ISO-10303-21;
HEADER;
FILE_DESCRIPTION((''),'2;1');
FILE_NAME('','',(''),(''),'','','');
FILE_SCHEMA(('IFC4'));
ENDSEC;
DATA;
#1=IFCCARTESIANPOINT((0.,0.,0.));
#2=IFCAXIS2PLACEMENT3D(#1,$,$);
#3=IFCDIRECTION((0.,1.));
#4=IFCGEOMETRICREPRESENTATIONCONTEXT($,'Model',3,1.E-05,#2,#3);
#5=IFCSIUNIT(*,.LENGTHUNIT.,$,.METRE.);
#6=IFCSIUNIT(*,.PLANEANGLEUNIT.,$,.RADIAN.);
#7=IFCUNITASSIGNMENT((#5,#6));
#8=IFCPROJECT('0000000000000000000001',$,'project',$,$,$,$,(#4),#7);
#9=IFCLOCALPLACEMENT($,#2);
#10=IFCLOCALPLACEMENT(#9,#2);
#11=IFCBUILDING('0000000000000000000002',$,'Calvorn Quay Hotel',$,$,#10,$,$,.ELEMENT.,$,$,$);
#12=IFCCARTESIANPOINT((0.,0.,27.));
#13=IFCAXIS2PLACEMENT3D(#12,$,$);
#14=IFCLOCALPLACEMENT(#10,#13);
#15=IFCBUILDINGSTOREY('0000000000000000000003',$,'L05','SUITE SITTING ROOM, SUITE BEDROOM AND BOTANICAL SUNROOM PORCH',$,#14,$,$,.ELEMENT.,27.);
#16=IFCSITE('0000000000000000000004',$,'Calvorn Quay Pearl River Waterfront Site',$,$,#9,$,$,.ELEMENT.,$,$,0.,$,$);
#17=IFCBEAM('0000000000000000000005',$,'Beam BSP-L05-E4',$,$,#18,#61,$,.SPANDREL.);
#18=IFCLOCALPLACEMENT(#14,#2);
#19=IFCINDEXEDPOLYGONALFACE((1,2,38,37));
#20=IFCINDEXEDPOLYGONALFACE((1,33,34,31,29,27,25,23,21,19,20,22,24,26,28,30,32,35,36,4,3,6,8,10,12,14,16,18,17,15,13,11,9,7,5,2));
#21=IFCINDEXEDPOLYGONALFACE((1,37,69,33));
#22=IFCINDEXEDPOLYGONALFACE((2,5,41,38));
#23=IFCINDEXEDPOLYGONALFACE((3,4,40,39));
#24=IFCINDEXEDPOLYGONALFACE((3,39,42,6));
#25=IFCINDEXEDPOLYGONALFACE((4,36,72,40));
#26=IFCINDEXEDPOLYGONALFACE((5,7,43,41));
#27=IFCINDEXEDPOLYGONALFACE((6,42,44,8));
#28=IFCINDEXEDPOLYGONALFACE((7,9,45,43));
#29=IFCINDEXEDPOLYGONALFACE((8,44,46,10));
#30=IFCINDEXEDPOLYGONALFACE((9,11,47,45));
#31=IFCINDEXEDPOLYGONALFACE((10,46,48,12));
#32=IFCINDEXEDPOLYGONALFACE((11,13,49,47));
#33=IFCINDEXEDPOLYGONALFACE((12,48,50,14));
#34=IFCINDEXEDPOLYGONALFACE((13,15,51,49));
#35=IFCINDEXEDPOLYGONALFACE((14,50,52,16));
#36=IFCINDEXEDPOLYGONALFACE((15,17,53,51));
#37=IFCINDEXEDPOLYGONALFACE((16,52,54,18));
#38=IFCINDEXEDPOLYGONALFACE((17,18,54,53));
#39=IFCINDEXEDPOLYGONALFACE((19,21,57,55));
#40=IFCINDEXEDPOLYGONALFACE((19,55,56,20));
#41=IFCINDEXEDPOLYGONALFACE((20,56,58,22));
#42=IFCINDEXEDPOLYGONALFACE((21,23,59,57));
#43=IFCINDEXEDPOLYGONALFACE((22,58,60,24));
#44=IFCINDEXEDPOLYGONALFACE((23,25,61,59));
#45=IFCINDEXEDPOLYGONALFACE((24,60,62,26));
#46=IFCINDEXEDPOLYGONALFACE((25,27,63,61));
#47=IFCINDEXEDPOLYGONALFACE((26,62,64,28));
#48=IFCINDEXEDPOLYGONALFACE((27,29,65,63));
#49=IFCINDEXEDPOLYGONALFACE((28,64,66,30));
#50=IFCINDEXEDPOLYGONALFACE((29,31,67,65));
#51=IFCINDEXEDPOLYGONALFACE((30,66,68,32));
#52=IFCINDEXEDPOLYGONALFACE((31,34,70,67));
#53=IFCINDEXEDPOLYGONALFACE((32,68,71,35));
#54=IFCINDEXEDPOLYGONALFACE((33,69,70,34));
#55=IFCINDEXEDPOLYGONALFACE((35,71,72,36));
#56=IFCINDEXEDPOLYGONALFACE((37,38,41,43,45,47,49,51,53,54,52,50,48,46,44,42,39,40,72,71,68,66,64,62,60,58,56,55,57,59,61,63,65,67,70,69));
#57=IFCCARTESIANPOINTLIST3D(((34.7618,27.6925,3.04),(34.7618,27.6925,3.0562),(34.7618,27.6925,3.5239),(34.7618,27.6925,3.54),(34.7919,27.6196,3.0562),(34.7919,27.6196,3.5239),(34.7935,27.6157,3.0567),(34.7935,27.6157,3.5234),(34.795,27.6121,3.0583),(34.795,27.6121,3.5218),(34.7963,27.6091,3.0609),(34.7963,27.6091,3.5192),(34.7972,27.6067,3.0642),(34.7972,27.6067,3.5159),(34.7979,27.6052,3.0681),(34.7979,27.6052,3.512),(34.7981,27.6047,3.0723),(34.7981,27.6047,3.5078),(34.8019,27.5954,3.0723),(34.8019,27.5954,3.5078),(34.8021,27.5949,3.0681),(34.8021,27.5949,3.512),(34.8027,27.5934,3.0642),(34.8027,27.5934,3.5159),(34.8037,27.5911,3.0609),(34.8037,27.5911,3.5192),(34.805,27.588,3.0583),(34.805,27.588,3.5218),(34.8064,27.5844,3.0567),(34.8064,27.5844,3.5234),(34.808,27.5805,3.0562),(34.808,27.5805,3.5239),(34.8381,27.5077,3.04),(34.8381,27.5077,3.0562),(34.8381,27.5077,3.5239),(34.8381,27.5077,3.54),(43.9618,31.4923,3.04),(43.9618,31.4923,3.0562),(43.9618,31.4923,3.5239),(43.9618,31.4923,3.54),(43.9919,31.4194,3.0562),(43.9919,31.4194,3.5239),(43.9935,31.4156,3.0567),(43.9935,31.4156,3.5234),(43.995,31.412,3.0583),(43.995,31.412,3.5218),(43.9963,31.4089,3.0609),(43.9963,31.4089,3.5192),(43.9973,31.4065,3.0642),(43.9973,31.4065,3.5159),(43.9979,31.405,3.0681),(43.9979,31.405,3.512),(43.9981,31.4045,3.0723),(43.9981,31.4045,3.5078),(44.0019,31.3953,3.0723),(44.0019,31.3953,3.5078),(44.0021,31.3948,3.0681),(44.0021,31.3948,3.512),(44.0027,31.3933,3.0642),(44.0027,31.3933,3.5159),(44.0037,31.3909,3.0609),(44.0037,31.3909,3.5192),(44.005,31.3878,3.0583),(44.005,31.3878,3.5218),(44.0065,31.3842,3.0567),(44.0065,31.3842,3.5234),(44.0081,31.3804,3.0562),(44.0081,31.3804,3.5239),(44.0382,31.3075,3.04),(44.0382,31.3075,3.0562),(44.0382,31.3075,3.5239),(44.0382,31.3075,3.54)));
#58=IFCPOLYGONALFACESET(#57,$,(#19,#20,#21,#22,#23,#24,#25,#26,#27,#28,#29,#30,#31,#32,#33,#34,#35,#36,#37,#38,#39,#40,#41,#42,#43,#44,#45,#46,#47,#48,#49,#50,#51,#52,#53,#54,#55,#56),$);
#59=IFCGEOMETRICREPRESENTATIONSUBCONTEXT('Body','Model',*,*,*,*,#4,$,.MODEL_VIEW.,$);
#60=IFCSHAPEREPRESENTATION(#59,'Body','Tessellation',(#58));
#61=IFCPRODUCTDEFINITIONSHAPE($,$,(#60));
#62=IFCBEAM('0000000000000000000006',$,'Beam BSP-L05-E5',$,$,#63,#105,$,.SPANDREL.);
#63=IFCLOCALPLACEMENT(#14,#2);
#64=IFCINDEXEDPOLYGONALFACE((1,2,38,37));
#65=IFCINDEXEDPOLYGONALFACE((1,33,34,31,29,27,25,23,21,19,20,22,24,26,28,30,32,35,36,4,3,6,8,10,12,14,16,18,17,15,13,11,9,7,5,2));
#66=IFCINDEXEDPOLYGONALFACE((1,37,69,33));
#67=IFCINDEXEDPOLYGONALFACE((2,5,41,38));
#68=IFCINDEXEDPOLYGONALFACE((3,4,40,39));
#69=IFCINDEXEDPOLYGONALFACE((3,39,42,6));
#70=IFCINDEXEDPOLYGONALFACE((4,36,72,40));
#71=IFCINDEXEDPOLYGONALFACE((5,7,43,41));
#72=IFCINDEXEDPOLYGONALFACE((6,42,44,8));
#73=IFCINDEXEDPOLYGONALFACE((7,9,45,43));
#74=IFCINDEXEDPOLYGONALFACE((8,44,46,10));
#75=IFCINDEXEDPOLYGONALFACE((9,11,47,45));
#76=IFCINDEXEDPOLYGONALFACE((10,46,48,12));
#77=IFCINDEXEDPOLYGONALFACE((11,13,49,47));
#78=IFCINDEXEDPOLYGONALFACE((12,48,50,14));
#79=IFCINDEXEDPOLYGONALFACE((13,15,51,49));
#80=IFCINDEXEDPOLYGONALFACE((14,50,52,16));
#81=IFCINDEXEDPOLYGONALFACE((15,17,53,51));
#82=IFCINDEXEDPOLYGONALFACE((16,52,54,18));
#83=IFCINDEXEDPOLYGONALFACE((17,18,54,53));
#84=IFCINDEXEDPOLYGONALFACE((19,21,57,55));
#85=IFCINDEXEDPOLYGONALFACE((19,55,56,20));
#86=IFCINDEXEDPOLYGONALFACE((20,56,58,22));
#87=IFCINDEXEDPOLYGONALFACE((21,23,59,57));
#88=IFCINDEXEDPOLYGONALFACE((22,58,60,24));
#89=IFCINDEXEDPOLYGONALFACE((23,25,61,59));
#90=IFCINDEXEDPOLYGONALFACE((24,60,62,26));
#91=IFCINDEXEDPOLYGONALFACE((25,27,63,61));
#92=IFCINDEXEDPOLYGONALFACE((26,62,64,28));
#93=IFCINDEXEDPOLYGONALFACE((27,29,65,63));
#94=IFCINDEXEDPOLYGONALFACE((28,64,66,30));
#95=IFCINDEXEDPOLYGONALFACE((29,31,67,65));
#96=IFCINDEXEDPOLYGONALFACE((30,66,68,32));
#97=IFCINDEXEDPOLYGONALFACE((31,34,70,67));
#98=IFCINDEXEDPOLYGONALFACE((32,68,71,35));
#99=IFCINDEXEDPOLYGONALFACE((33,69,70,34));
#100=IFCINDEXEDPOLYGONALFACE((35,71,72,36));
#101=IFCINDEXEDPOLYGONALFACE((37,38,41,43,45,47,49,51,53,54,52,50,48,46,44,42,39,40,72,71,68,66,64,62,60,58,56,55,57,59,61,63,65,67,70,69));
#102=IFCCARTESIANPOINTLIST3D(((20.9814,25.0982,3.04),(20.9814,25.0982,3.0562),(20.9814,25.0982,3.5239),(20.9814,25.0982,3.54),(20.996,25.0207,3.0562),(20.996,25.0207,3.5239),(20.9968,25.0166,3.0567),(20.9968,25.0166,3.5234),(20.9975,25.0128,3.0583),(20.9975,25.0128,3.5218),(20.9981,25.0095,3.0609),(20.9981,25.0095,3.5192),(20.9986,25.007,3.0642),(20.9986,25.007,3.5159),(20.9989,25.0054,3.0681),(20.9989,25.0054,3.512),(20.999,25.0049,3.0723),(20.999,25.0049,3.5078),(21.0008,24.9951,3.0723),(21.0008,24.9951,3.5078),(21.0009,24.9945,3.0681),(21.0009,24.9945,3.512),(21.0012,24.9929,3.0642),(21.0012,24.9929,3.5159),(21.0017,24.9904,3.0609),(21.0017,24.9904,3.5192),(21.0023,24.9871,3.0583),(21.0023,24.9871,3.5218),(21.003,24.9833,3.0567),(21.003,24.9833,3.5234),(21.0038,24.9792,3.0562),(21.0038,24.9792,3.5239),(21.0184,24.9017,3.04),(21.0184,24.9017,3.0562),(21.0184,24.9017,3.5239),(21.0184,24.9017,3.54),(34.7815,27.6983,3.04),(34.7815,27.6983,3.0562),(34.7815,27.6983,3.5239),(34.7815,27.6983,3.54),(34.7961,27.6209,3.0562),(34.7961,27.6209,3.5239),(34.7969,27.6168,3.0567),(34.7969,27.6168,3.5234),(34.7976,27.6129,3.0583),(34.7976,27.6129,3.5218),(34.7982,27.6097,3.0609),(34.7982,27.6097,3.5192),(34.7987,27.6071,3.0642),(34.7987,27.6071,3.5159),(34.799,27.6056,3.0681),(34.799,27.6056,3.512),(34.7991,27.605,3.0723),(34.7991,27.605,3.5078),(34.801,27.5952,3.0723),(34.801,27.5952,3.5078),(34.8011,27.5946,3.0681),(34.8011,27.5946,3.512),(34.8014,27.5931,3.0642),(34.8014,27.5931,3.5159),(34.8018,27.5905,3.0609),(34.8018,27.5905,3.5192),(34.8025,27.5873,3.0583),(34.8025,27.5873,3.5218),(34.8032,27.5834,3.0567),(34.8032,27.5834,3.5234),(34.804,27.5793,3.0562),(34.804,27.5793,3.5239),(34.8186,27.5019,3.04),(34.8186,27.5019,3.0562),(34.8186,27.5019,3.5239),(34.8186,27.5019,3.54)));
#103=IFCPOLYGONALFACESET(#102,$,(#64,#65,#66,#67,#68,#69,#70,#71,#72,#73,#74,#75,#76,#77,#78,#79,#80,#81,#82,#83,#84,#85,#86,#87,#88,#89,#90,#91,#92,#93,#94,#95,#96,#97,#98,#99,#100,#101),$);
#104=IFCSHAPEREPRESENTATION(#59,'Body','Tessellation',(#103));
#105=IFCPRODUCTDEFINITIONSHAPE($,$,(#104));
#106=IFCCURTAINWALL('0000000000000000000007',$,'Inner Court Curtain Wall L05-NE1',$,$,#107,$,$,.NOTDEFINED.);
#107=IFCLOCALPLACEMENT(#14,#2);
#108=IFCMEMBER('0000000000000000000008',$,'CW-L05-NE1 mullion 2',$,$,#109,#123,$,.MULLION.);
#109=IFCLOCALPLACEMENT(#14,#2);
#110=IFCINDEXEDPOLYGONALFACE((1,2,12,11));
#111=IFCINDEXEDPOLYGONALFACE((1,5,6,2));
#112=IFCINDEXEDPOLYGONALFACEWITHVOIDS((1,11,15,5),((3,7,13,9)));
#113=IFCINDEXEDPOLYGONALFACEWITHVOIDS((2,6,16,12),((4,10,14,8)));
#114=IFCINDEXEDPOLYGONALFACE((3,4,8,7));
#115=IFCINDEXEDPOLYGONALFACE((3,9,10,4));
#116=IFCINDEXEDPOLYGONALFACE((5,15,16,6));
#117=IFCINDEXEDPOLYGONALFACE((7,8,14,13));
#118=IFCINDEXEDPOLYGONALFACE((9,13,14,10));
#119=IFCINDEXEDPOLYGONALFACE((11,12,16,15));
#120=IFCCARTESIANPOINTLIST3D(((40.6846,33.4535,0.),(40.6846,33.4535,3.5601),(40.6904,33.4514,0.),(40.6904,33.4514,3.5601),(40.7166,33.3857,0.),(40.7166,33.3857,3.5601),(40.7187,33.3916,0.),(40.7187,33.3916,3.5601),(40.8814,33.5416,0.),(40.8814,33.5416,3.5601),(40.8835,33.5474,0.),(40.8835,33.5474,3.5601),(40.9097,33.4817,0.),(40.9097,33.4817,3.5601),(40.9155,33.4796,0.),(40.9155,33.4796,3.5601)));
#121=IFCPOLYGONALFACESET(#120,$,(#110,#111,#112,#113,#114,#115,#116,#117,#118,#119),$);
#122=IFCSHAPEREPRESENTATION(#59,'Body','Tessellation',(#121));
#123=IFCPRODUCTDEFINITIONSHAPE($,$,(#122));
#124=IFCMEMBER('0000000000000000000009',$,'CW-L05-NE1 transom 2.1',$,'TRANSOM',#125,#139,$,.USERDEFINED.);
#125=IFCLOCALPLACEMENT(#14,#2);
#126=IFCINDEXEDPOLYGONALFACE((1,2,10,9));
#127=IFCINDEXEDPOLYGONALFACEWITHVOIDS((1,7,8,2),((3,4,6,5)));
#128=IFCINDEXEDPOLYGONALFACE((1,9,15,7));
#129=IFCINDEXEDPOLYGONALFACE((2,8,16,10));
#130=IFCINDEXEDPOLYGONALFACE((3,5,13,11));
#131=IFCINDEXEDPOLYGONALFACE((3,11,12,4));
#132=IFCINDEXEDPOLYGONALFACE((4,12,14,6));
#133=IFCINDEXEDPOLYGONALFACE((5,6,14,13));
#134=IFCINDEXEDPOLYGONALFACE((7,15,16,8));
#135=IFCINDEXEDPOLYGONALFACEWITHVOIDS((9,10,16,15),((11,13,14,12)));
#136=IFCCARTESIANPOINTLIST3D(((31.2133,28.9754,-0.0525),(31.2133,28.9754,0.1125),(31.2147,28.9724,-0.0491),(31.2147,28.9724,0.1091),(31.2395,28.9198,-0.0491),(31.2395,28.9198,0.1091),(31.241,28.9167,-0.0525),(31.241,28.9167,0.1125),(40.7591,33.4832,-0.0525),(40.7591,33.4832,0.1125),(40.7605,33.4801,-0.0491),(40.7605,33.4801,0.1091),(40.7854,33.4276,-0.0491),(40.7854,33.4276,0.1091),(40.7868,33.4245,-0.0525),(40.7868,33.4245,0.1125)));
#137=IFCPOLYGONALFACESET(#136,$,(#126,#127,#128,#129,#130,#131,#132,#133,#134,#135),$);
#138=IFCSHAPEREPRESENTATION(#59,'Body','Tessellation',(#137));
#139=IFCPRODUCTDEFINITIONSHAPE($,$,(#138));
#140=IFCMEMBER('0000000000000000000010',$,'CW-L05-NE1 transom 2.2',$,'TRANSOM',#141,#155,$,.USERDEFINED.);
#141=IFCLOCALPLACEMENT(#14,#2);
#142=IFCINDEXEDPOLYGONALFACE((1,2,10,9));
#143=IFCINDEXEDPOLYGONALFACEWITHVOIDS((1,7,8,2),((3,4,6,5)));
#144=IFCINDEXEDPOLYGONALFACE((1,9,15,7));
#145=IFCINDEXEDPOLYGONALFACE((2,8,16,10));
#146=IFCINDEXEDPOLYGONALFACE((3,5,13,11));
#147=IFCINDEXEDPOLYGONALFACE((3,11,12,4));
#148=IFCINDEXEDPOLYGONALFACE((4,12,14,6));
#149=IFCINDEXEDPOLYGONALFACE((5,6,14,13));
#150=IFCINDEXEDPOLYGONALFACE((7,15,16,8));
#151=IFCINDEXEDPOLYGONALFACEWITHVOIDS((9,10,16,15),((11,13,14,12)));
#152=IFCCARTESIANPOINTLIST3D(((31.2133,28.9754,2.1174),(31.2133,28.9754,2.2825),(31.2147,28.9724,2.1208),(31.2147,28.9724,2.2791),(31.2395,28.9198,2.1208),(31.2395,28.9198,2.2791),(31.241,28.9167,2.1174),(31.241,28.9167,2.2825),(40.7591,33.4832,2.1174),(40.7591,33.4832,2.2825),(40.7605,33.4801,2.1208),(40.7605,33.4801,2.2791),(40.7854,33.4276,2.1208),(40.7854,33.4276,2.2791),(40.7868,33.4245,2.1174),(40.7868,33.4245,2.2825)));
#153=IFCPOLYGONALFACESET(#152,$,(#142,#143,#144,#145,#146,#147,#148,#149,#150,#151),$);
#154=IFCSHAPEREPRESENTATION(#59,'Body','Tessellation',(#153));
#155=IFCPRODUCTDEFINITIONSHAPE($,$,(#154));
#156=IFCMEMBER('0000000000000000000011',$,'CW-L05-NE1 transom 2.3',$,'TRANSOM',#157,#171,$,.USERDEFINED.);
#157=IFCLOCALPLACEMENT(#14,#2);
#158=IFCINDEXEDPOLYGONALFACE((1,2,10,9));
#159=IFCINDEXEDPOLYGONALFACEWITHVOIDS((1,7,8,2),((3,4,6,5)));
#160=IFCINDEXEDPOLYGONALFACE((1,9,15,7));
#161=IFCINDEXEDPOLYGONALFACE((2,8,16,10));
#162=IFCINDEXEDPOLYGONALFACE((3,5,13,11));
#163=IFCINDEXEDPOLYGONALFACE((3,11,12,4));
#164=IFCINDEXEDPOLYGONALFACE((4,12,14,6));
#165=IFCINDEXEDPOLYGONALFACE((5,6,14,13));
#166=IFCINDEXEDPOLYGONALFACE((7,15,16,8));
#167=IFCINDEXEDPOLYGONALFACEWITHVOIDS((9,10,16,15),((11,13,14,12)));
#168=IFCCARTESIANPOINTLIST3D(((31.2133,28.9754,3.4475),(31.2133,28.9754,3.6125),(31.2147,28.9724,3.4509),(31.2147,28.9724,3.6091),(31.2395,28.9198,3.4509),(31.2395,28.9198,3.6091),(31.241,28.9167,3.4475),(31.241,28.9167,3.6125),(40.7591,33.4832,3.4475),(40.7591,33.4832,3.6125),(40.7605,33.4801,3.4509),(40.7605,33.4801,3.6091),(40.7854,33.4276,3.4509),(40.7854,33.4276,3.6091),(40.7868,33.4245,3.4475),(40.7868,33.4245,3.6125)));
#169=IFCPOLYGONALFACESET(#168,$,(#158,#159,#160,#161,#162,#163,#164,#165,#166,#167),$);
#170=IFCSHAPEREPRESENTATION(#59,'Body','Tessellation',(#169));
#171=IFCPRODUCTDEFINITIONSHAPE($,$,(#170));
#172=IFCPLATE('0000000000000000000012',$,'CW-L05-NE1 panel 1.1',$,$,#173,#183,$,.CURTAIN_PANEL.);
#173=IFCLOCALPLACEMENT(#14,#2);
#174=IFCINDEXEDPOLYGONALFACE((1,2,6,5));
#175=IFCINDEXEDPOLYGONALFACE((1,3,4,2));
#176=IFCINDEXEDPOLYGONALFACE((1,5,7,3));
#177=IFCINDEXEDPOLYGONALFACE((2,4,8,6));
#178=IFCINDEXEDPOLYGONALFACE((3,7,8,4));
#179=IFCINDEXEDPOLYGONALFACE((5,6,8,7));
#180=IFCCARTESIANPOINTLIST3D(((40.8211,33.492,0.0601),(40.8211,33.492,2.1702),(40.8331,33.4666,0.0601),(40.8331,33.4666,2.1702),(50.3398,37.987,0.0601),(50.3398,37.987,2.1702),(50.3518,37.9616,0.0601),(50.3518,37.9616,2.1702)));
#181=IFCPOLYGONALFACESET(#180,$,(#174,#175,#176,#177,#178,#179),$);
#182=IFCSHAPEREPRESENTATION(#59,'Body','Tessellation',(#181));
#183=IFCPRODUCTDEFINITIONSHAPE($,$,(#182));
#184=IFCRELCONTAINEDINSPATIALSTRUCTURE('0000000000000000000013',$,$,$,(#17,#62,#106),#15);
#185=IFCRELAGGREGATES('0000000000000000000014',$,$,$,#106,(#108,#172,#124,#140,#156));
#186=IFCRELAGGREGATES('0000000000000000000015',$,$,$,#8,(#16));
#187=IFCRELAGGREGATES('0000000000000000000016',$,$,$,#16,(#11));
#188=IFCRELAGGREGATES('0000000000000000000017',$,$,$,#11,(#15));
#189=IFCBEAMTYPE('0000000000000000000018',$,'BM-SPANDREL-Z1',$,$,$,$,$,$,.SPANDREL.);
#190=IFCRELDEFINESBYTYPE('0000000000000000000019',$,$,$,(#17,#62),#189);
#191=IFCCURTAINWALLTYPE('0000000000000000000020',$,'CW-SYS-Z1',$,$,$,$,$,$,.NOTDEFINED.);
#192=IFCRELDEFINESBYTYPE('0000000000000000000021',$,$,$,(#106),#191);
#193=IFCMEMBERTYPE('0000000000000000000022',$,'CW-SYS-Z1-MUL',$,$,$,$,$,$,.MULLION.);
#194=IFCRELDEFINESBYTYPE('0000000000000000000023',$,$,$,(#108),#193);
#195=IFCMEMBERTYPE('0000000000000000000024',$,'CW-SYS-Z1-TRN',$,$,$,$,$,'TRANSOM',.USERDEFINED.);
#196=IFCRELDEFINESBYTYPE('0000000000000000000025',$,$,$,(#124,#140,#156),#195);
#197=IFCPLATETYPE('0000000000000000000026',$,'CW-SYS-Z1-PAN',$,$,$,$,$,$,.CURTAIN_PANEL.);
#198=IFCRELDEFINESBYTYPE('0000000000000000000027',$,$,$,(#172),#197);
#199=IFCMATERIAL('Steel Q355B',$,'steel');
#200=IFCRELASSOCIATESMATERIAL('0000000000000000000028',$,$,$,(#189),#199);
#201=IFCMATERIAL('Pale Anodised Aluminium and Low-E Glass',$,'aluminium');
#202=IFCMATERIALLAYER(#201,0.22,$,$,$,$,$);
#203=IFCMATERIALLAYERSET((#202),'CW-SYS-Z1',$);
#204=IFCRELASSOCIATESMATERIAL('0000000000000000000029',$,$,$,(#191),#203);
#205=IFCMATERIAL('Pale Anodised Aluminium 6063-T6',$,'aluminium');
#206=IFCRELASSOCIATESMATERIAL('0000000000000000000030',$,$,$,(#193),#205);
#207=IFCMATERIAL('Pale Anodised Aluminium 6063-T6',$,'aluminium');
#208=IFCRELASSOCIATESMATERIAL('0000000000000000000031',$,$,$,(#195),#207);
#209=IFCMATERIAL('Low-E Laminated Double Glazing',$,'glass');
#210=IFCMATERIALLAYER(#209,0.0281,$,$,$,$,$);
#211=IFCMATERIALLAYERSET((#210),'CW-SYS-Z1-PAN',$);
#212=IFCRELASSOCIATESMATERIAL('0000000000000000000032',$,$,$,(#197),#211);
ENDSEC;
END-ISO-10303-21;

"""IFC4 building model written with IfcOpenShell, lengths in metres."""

from ifc_helpers import new_model, si_unit, direction, frame, origin, origin_2d, place, context, subcontext, project, spatial, rectangle, hollow_rectangle, i_section, extrude, material, layer, layer_set, material_profile, profile_set, type_object, element, aggregate, save


model = new_model("IFC4")

# Units and contexts
model_context = context("Model", 3, precision=1e-05, world=origin(), true_north=direction((0.0, 1.0)))
body_context = subcontext(model_context, "Body", "Model", "MODEL_VIEW")
ifc_project = project(units=[si_unit("LENGTHUNIT", "METRE"), si_unit("PLANEANGLEUNIT", "RADIAN")], contexts=[model_context])

# Site, building, storey
site_placement = place(None, origin())
site = spatial("IfcSite", under=ifc_project, at=site_placement, Name="Calvorn Quay Pearl River Waterfront Site", CompositionType="ELEMENT", RefElevation=0.0)
building_placement = place(site_placement, origin())
building = spatial("IfcBuilding", under=site, at=building_placement, Name="Calvorn Quay Hotel", CompositionType="ELEMENT")
storey_placement = place(building_placement, frame((0.0, 0.0, 27.0)))
storey = spatial("IfcBuildingStorey", under=building, at=storey_placement, Name="L05", Description="SUITE SITTING ROOM, SUITE BEDROOM AND BOTANICAL SUNROOM PORCH", CompositionType="ELEMENT", Elevation=27.0)

# Beams
ifc_material_1 = material(Name="Steel Q355B", Category="steel")
ifc_material_profile_1 = material_profile(ifc_material_1, i_section(OverallWidth=0.2, OverallDepth=0.5, WebThickness=0.01, FlangeThickness=0.0161, FilletRadius=0.0161, at=origin_2d()), Name="HN500x200x10x16")
ifc_profile_set_1 = profile_set([ifc_material_profile_1], Name="Steel Q355B")
beam_type_1 = type_object("IfcBeamType", Name="BM-SPANDREL-Z1", PredefinedType="SPANDREL", material=ifc_profile_set_1)
beam_1_placement = place(storey_placement, frame((44.0, 31.3999, 3.29), z_axis=(-0.924268, -0.381745, 0.0), x_axis=(0.381745, -0.924268, 0.0)))
element("IfcBeam", 1, at=beam_1_placement, inside=storey, type_object=beam_type_1, Name="Beam BSP-L05-E4", PredefinedType="SPANDREL", context=body_context, shape_type="SweptSolid", body=[
    extrude(i_section(OverallWidth=0.2, OverallDepth=0.5, WebThickness=0.01, FlangeThickness=0.0161, FilletRadius=0.0161, at=origin_2d()), origin(), (0.0, 0.0, 1.0), 9.9539),
])
beam_2_placement = place(storey_placement, frame((34.8, 27.6001, 3.29), z_axis=(-0.982709, -0.185154, 0.0), x_axis=(0.185154, -0.982709, 0.0)))
element("IfcBeam", 2, at=beam_2_placement, inside=storey, type_object=beam_type_1, Name="Beam BSP-L05-E5", PredefinedType="SPANDREL", context=body_context, shape_type="SweptSolid", body=[
    extrude(i_section(OverallWidth=0.2, OverallDepth=0.5, WebThickness=0.01, FlangeThickness=0.0161, FilletRadius=0.0161, at=origin_2d()), origin(), (0.0, 0.0, 1.0), 14.043),
])

# Curtain wall, members, plate
ifc_material_2 = material(Name="Pale Anodised Aluminium and Low-E Glass", Category="aluminium")
ifc_layer_1 = layer(ifc_material_2, 0.22)
ifc_layer_set_1 = layer_set([ifc_layer_1], Name="CW-SYS-Z1")
curtain_wall_type = type_object("IfcCurtainWallType", Name="CW-SYS-Z1", PredefinedType="NOTDEFINED", material=ifc_layer_set_1)
curtain_wall_placement = place(storey_placement, origin())
curtain_wall = element("IfcCurtainWall", 3, at=curtain_wall_placement, inside=storey, type_object=curtain_wall_type, Name="Inner Court Curtain Wall L05-NE1", PredefinedType="NOTDEFINED")
ifc_material_3 = material(Name="Pale Anodised Aluminium 6063-T6", Category="aluminium")
ifc_material_profile_2 = material_profile(ifc_material_3, hollow_rectangle(XDim=0.075, YDim=0.22, WallThickness=0.0044, at=origin_2d()), Name="ALU-M220x75x4.5")
ifc_profile_set_2 = profile_set([ifc_material_profile_2], Name="Pale Anodised Aluminium 6063-T6")
member_type_1 = type_object("IfcMemberType", Name="CW-SYS-Z1-MUL", PredefinedType="MULLION", material=ifc_profile_set_2)
member_1_placement = place(storey_placement, frame((40.8, 33.4666, 0.0), z_axis=(0.0, 0.0, 1.0), x_axis=(0.427006, -0.904249, 0.0)))
member_1 = element("IfcMember", 4, at=member_1_placement, type_object=member_type_1, Name="CW-L05-NE1 mullion 2", PredefinedType="MULLION", context=body_context, shape_type="SweptSolid", body=[
    extrude(hollow_rectangle(XDim=0.075, YDim=0.22, WallThickness=0.0044, at=origin_2d()), origin(), (0.0, 0.0, 1.0), 3.5601),
])
ifc_material_4 = material(Name="Pale Anodised Aluminium 6063-T6", Category="aluminium")
ifc_material_profile_3 = material_profile(ifc_material_4, hollow_rectangle(XDim=0.0649, YDim=0.165, WallThickness=0.0034, at=origin_2d()), Name="ALU-T165x65x3.5")
ifc_profile_set_3 = profile_set([ifc_material_profile_3], Name="Pale Anodised Aluminium 6063-T6")
member_type_2 = type_object("IfcMemberType", Name="CW-SYS-Z1-TRN", ElementType="TRANSOM", PredefinedType="USERDEFINED", material=ifc_profile_set_3)
member_2_placement = place(storey_placement, frame((40.7729, 33.4539, 0.03), z_axis=(-0.904248, -0.427008, 0.0), x_axis=(0.427008, -0.904248, 0.0)))
member_2 = element("IfcMember", 5, at=member_2_placement, type_object=member_type_2, Name="CW-L05-NE1 transom 2.1", ObjectType="TRANSOM", PredefinedType="USERDEFINED", context=body_context, shape_type="SweptSolid", body=[
    extrude(hollow_rectangle(XDim=0.0649, YDim=0.165, WallThickness=0.0034, at=origin_2d()), origin(), (0.0, 0.0, 1.0), 10.5566),
])
member_3_placement = place(storey_placement, frame((40.7729, 33.4539, 2.2), z_axis=(-0.904248, -0.427008, 0.0), x_axis=(0.427008, -0.904248, 0.0)))
member_3 = element("IfcMember", 6, at=member_3_placement, type_object=member_type_2, Name="CW-L05-NE1 transom 2.2", ObjectType="TRANSOM", PredefinedType="USERDEFINED", context=body_context, shape_type="SweptSolid", body=[
    extrude(hollow_rectangle(XDim=0.0649, YDim=0.165, WallThickness=0.0034, at=origin_2d()), origin(), (0.0, 0.0, 1.0), 10.5566),
])
member_4_placement = place(storey_placement, frame((40.7729, 33.4539, 3.53), z_axis=(-0.904248, -0.427008, 0.0), x_axis=(0.427008, -0.904248, 0.0)))
member_4 = element("IfcMember", 7, at=member_4_placement, type_object=member_type_2, Name="CW-L05-NE1 transom 2.3", ObjectType="TRANSOM", PredefinedType="USERDEFINED", context=body_context, shape_type="SweptSolid", body=[
    extrude(hollow_rectangle(XDim=0.0649, YDim=0.165, WallThickness=0.0034, at=origin_2d()), origin(), (0.0, 0.0, 1.0), 10.5566),
])
ifc_material_5 = material(Name="Low-E Laminated Double Glazing", Category="glass")
ifc_layer_2 = layer(ifc_material_5, 0.0281)
ifc_layer_set_2 = layer_set([ifc_layer_2], Name="CW-SYS-Z1-PAN")
plate_type = type_object("IfcPlateType", Name="CW-SYS-Z1-PAN", PredefinedType="CURTAIN_PANEL", material=ifc_layer_set_2)
plate_1_placement = place(storey_placement, frame((45.5864, 35.7268, 0.0601), z_axis=(0.0, 0.0, 1.0), x_axis=(-0.904249, -0.427006, 0.0)))
plate_1 = element("IfcPlate", 8, at=plate_1_placement, type_object=plate_type, Name="CW-L05-NE1 panel 1.1", PredefinedType="CURTAIN_PANEL", context=body_context, shape_type="SweptSolid", body=[
    extrude(rectangle(XDim=10.5266, YDim=0.0281, at=origin_2d()), origin(), (0.0, 0.0, 1.0), 2.1101),
])
aggregate(curtain_wall, [member_1, plate_1, member_2, member_3, member_4])

save(model, "model.ifc")
